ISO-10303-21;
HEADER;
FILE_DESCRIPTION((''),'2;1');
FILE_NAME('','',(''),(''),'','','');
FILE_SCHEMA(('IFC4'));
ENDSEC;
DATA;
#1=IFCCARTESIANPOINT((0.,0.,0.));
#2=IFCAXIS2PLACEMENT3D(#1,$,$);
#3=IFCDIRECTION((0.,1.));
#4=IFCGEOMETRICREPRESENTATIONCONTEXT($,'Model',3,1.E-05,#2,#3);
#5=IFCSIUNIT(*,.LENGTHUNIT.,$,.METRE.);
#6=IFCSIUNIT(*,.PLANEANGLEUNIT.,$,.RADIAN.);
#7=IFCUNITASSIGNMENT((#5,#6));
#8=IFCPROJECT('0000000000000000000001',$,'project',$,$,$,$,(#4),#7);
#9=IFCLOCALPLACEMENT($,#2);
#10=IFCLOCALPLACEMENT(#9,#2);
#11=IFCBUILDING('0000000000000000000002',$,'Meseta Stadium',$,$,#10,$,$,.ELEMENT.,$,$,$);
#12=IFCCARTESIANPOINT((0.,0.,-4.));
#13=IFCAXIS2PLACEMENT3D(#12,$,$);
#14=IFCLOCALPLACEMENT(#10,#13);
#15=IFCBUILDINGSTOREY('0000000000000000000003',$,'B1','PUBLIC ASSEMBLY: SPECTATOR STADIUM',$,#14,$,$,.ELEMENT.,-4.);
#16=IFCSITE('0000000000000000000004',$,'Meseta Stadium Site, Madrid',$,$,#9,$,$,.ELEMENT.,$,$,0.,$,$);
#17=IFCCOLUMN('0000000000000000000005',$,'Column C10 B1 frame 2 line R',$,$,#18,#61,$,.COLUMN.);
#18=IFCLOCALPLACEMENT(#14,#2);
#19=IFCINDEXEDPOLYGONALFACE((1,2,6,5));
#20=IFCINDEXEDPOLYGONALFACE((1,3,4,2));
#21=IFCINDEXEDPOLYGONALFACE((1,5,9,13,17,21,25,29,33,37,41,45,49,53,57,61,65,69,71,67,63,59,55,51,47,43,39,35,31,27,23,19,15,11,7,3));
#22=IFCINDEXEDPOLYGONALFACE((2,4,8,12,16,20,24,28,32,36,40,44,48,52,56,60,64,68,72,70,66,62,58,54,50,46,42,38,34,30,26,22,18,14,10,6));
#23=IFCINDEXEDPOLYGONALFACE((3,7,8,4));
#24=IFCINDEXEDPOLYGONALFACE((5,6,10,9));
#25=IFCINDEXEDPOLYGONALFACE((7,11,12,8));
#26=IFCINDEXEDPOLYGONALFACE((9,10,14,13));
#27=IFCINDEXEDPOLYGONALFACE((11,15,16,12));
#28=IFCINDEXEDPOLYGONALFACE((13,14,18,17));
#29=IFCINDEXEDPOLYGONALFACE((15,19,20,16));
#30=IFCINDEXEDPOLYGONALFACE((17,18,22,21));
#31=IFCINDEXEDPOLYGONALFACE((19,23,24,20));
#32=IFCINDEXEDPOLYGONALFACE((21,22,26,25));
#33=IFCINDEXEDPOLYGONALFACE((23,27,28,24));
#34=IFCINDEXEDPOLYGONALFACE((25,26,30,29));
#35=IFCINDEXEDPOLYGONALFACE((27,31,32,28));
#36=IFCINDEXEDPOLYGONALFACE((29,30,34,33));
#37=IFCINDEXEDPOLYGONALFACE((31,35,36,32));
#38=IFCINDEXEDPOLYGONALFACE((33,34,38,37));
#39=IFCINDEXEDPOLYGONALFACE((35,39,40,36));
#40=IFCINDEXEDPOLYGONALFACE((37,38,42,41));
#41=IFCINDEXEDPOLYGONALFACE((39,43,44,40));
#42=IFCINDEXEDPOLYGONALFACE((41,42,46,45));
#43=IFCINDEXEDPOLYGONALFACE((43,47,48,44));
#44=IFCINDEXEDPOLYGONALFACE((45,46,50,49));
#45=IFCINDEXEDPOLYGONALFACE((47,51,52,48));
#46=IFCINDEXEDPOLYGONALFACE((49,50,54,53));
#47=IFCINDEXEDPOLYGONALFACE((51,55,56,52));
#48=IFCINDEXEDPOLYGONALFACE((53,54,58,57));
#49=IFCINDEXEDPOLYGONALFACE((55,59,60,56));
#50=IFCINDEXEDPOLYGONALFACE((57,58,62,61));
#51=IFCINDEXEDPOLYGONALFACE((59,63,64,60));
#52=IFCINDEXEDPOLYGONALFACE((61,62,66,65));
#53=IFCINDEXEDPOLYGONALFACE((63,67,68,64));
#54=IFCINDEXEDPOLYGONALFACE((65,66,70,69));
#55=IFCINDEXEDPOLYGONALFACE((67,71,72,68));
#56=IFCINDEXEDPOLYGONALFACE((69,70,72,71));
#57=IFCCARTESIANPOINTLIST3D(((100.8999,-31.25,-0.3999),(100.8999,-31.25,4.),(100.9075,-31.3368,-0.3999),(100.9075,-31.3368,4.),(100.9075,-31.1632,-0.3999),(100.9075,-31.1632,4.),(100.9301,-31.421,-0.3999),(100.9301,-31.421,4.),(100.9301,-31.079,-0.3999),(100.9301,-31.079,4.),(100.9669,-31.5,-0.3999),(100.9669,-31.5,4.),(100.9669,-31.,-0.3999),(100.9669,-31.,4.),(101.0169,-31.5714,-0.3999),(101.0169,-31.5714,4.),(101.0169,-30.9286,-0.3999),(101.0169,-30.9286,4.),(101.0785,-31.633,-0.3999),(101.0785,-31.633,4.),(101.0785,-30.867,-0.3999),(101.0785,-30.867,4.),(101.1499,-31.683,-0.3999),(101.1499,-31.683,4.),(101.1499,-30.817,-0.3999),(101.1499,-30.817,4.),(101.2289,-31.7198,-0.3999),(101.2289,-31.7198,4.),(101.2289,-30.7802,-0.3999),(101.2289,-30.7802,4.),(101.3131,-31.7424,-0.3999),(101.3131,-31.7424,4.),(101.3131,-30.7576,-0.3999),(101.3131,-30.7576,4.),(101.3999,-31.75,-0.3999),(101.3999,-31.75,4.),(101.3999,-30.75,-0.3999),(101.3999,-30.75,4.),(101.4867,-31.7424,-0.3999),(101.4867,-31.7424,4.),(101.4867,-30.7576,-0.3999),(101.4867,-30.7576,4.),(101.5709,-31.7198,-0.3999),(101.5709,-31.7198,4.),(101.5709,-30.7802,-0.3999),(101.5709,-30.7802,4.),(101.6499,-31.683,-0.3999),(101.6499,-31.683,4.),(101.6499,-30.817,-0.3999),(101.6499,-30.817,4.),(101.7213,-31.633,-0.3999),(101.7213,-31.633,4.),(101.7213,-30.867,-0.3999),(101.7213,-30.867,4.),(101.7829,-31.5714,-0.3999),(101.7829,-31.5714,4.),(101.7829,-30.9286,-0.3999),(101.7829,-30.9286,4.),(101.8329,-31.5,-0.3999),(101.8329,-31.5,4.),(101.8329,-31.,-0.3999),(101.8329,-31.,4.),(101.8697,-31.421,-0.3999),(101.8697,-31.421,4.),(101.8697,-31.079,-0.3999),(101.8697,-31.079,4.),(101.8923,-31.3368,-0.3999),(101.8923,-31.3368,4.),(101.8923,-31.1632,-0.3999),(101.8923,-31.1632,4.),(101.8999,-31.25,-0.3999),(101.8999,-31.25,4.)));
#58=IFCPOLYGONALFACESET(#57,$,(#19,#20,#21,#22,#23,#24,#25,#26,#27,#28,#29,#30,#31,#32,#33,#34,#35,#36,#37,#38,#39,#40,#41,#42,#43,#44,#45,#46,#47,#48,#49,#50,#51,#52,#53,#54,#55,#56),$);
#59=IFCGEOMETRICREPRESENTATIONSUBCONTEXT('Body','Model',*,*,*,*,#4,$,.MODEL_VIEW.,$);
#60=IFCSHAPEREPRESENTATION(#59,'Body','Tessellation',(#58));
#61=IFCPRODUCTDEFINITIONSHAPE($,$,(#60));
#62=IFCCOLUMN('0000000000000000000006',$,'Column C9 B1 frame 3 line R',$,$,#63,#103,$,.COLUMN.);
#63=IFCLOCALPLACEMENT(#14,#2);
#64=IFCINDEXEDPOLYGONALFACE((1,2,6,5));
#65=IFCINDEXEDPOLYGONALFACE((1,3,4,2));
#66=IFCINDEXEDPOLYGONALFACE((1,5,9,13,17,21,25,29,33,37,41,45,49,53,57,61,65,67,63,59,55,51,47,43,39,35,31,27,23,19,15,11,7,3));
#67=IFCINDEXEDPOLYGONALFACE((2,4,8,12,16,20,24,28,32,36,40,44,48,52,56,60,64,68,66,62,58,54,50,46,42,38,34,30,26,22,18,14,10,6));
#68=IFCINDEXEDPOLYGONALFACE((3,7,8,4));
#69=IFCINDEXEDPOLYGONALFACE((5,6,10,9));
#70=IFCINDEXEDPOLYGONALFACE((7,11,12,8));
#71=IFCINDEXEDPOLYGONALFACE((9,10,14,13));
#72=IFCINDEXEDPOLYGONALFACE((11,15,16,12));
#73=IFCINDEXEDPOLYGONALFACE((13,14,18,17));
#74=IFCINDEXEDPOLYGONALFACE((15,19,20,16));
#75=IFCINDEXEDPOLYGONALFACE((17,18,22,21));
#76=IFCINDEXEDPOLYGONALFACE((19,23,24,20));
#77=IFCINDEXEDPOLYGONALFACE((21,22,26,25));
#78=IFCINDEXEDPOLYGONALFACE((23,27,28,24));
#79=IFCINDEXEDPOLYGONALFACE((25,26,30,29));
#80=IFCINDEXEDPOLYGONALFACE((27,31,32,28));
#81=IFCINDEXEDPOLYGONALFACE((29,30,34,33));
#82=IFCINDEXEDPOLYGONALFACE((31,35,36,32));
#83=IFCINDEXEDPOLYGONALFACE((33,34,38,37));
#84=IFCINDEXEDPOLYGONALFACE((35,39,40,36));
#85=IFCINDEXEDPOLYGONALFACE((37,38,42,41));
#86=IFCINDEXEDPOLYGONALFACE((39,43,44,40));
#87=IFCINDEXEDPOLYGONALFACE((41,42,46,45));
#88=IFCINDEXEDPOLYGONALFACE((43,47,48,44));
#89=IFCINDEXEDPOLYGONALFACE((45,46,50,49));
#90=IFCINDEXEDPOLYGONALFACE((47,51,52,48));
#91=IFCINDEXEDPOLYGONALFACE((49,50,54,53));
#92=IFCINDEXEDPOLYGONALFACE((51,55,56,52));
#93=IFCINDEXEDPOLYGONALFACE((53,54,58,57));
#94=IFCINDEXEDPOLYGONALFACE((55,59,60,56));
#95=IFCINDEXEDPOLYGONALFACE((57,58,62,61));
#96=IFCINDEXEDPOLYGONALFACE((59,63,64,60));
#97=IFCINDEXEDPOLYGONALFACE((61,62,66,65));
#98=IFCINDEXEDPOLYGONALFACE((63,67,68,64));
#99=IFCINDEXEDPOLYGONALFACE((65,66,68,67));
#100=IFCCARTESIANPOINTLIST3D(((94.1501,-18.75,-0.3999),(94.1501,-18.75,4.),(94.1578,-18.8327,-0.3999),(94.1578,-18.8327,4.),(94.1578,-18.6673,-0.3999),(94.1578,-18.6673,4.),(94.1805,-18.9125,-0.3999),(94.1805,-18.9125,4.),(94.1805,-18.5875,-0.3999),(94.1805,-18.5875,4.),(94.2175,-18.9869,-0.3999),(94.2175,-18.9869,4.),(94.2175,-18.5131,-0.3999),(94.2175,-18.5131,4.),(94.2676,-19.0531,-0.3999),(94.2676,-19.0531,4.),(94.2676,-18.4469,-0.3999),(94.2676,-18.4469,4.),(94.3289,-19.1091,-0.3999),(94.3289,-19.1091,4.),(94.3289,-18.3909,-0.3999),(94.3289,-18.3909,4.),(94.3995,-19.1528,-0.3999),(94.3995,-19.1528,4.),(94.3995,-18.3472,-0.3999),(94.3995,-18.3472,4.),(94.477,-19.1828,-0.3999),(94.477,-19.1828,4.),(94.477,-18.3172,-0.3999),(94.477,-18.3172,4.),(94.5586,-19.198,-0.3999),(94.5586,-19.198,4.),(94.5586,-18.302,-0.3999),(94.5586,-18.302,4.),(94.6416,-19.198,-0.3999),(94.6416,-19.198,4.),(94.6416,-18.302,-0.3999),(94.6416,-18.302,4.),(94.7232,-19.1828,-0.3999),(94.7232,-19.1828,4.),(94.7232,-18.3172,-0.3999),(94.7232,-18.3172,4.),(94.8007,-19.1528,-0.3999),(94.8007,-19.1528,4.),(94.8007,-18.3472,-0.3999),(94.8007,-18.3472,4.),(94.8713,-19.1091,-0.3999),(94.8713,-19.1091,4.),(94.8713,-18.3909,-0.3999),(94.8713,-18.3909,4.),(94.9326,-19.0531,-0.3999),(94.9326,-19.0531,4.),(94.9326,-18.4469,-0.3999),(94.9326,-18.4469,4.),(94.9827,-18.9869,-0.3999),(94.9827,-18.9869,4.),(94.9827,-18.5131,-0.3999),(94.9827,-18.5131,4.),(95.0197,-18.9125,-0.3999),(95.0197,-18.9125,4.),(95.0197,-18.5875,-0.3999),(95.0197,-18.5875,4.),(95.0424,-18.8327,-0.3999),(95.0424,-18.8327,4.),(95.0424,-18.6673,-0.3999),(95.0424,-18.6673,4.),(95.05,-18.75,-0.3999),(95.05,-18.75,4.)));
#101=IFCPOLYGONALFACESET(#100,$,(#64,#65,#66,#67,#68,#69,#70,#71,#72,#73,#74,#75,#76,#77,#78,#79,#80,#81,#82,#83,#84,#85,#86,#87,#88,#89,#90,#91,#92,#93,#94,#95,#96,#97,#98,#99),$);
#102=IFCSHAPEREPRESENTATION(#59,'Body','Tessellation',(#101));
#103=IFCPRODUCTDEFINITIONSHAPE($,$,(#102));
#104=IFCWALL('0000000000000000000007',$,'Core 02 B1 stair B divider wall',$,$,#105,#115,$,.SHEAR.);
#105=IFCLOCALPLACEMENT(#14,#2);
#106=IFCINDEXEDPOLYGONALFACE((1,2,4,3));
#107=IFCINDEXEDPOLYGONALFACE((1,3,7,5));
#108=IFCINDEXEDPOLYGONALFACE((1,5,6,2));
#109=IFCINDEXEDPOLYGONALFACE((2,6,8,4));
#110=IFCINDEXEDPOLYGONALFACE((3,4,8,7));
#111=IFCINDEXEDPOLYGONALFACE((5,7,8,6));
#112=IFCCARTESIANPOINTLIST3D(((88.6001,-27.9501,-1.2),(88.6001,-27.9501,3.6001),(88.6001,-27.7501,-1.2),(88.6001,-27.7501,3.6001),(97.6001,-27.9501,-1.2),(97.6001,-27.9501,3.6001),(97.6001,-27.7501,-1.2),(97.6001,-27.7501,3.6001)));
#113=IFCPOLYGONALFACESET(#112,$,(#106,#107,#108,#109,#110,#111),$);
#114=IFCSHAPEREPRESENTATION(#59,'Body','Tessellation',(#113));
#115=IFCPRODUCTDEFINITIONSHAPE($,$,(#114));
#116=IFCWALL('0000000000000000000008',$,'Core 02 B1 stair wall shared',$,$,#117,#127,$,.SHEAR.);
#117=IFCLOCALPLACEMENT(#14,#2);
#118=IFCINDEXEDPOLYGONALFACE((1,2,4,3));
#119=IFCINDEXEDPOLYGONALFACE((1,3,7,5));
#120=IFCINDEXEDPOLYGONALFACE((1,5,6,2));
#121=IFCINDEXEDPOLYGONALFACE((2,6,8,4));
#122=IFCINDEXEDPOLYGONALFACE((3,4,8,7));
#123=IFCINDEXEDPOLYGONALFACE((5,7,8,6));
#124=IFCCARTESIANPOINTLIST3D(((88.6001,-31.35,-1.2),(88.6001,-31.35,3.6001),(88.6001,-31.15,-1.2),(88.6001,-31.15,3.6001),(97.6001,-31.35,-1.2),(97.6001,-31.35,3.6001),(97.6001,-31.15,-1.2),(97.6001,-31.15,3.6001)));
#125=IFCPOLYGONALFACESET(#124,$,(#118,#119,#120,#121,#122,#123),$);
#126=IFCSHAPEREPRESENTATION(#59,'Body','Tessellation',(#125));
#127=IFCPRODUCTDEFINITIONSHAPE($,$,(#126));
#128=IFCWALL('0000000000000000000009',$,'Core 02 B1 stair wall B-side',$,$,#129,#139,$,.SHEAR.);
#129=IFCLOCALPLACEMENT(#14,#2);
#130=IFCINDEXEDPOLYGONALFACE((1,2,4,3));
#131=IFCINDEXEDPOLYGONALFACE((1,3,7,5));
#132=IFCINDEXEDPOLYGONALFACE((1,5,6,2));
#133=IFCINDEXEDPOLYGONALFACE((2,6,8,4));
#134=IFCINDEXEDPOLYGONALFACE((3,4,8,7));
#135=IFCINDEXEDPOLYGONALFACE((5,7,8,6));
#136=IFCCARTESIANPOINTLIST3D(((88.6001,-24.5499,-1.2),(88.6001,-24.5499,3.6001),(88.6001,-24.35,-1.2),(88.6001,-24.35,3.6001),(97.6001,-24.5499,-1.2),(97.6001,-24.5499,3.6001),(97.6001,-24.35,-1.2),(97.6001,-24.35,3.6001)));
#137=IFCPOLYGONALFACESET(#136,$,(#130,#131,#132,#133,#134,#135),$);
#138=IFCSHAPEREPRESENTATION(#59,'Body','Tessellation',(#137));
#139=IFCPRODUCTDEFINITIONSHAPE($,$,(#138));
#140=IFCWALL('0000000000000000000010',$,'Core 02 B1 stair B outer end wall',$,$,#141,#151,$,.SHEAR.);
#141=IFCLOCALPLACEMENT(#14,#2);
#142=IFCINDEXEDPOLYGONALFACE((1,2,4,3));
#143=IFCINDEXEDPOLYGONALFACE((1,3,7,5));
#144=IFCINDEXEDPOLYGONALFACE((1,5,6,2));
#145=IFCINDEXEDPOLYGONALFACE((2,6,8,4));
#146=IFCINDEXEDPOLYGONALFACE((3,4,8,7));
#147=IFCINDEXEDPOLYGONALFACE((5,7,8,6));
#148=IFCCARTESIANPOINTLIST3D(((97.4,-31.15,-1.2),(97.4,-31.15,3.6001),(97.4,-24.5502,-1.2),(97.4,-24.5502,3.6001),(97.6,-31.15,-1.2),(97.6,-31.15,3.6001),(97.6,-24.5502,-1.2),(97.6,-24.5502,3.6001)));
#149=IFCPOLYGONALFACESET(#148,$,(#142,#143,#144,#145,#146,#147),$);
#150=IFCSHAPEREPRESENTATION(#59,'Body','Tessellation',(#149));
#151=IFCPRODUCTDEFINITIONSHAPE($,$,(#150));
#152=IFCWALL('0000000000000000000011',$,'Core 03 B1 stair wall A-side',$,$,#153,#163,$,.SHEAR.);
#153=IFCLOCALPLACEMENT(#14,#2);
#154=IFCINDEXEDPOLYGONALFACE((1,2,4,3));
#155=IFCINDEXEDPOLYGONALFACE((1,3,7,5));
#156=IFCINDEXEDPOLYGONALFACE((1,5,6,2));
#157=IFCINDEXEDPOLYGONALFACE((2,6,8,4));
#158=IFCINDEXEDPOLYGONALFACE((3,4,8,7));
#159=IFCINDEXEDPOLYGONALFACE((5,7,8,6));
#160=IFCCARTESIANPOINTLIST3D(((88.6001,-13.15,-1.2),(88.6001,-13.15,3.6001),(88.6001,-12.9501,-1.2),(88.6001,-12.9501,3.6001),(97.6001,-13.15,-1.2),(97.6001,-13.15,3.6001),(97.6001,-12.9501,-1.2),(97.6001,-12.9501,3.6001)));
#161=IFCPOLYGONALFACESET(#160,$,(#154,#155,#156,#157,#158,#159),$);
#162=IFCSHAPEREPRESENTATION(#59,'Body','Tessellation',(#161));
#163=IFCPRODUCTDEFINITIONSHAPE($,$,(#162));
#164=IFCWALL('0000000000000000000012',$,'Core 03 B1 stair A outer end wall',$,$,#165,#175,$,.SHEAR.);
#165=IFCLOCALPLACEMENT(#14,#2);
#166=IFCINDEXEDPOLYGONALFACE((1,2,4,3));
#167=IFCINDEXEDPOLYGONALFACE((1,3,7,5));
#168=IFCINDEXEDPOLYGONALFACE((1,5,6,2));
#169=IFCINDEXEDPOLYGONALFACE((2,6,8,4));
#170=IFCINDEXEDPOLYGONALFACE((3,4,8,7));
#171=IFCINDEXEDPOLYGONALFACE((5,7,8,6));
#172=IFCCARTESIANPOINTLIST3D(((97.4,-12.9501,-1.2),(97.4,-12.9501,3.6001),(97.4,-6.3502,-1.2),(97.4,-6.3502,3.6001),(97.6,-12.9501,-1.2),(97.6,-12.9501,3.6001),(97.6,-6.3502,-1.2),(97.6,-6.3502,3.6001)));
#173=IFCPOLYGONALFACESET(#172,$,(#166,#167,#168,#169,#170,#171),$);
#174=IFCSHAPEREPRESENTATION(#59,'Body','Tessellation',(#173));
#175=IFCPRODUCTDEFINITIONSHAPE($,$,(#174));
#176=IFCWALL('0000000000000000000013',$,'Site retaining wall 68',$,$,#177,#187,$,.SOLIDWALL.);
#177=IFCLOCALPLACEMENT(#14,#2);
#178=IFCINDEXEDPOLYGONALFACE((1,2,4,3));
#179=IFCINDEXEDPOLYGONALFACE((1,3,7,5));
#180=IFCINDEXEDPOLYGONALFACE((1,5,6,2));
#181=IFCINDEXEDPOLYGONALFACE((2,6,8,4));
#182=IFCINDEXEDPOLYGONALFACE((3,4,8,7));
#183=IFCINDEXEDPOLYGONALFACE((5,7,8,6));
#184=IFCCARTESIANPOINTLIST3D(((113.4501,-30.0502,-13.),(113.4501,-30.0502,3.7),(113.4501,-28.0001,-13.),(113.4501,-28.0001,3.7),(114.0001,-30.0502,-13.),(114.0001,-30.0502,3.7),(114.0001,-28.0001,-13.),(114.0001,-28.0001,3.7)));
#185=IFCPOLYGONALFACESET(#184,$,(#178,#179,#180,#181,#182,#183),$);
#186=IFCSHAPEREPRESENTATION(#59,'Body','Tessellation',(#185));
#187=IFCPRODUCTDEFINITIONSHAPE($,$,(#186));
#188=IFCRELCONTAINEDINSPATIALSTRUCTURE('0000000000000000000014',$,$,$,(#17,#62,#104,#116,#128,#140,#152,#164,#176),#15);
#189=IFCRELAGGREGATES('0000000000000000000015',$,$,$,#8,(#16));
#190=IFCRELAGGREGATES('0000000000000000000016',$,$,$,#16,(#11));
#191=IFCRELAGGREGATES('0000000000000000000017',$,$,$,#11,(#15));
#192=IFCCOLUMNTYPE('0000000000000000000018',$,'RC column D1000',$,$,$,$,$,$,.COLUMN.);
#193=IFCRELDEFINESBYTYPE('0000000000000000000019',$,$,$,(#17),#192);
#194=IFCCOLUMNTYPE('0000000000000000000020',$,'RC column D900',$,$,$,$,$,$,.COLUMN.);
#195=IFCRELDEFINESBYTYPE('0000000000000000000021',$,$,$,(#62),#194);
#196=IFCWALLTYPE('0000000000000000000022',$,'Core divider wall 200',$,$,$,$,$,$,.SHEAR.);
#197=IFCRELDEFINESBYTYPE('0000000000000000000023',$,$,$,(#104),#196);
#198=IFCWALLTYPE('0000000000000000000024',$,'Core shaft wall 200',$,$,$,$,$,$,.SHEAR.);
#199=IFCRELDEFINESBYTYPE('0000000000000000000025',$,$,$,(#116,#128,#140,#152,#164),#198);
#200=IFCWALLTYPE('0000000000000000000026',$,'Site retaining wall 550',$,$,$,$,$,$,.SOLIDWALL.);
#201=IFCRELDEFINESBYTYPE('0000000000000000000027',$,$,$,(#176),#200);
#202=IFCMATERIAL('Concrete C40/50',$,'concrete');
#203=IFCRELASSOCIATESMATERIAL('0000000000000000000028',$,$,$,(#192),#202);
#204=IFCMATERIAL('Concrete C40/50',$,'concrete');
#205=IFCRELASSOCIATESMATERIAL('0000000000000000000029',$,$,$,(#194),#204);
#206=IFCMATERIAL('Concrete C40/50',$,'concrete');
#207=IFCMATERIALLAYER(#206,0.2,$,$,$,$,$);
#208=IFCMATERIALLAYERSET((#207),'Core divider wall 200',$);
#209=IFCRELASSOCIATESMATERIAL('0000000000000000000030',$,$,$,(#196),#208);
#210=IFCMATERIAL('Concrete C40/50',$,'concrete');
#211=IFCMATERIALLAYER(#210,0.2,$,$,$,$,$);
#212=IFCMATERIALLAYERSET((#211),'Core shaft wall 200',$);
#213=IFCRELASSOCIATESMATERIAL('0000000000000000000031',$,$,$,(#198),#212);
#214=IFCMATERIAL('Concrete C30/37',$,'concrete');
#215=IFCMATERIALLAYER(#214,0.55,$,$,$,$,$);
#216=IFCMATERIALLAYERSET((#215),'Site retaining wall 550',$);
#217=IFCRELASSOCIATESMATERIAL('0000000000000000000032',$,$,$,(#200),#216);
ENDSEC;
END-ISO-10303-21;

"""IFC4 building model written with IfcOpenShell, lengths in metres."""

from ifc_helpers import new_model, si_unit, direction, frame, frame_2d, origin, origin_2d, place, context, subcontext, project, spatial, rectangle, circle, extrude, material, layer, layer_set, material_profile, profile_set, type_object, element, save


model = new_model("IFC4")

# Units and contexts
model_context = context("Model", 3, precision=1e-05, world=origin(), true_north=direction((0.0, 1.0)))
body_context = subcontext(model_context, "Body", "Model", "MODEL_VIEW")
ifc_project = project(units=[si_unit("LENGTHUNIT", "METRE"), si_unit("PLANEANGLEUNIT", "RADIAN")], contexts=[model_context])

# Site, building, storey
site_placement = place(None, origin())
site = spatial("IfcSite", under=ifc_project, at=site_placement, Name="Meseta Stadium Site, Madrid", CompositionType="ELEMENT", RefElevation=0.0)
building_placement = place(site_placement, origin())
building = spatial("IfcBuilding", under=site, at=building_placement, Name="Meseta Stadium", CompositionType="ELEMENT")
storey_placement = place(building_placement, frame((0.0, 0.0, -4.0)))
storey = spatial("IfcBuildingStorey", under=building, at=storey_placement, Name="B1", Description="PUBLIC ASSEMBLY: SPECTATOR STADIUM", CompositionType="ELEMENT", Elevation=-4.0)

# Columns
ifc_material_1 = material(Name="Concrete C40/50", Category="concrete")
ifc_material_profile_1 = material_profile(ifc_material_1, circle(Radius=0.5, at=origin_2d()), Name="RC D1000")
ifc_profile_set_1 = profile_set([ifc_material_profile_1], Name="Concrete C40/50")
column_type_1 = type_object("IfcColumnType", Name="RC column D1000", PredefinedType="COLUMN", material=ifc_profile_set_1)
column_1_placement = place(storey_placement, frame((101.3999, -31.25, -0.3999), z_axis=(0.0, 0.0, 1.0), x_axis=(1.0, 0.0, 0.0)))
element("IfcColumn", 1, at=column_1_placement, inside=storey, type_object=column_type_1, Name="Column C10 B1 frame 2 line R", PredefinedType="COLUMN", context=body_context, shape_type="SweptSolid", body=[
    extrude(circle(Radius=0.5, at=origin_2d()), origin(), (0.0, 0.0, 1.0), 4.3999),
])
ifc_material_2 = material(Name="Concrete C40/50", Category="concrete")
ifc_material_profile_2 = material_profile(ifc_material_2, circle(Radius=0.45, at=origin_2d()), Name="RC D900")
ifc_profile_set_2 = profile_set([ifc_material_profile_2], Name="Concrete C40/50")
column_type_2 = type_object("IfcColumnType", Name="RC column D900", PredefinedType="COLUMN", material=ifc_profile_set_2)
column_2_placement = place(storey_placement, frame((94.6001, -18.75, -0.3999), z_axis=(0.0, 0.0, 1.0), x_axis=(1.0, 0.0, 0.0)))
element("IfcColumn", 2, at=column_2_placement, inside=storey, type_object=column_type_2, Name="Column C9 B1 frame 3 line R", PredefinedType="COLUMN", context=body_context, shape_type="SweptSolid", body=[
    extrude(circle(Radius=0.45, at=origin_2d()), origin(), (0.0, 0.0, 1.0), 4.3999),
])

# Walls
ifc_material_3 = material(Name="Concrete C40/50", Category="concrete")
ifc_layer_1 = layer(ifc_material_3, 0.2)
ifc_layer_set_1 = layer_set([ifc_layer_1], Name="Core divider wall 200")
wall_type_1 = type_object("IfcWallType", Name="Core divider wall 200", PredefinedType="SHEAR", material=ifc_layer_set_1)
wall_1_placement = place(storey_placement, frame((97.6001, -27.8501, -1.2), z_axis=(0.0, 0.0, 1.0), x_axis=(-1.0, 0.0, 0.0)))
element("IfcWall", 3, at=wall_1_placement, inside=storey, type_object=wall_type_1, Name="Core 02 B1 stair B divider wall", PredefinedType="SHEAR", context=body_context, shape_type="SweptSolid", body=[
    extrude(rectangle(XDim=9.0, YDim=0.2, at=frame_2d((4.5, 0.0))), origin(), (0.0, 0.0, 1.0), 4.8),
])
ifc_material_4 = material(Name="Concrete C40/50", Category="concrete")
ifc_layer_2 = layer(ifc_material_4, 0.2)
ifc_layer_set_2 = layer_set([ifc_layer_2], Name="Core shaft wall 200")
wall_type_2 = type_object("IfcWallType", Name="Core shaft wall 200", PredefinedType="SHEAR", material=ifc_layer_set_2)
for number, where, z_axis, x_axis, name in (
    (4, (97.6001, -31.25, -1.2), (0.0, 0.0, 1.0), (-1.0, 0.0, 0.0), "Core 02 B1 stair wall shared"),
    (5, (97.6001, -24.45, -1.2), (0.0, 0.0, 1.0), (-1.0, 0.0, 0.0), "Core 02 B1 stair wall B-side"),
):
    element("IfcWall", number, at=place(storey_placement, frame(where, z_axis=z_axis, x_axis=x_axis)), inside=storey, type_object=wall_type_2, Name=name, PredefinedType="SHEAR", context=body_context, shape_type="SweptSolid", body=[
        extrude(rectangle(XDim=9.0, YDim=0.2, at=frame_2d((4.5, 0.0))), origin(), (0.0, 0.0, 1.0), 4.8),
    ])
wall_2_placement = place(storey_placement, frame((97.5, -31.1499, -1.2), z_axis=(0.0, 0.0, 1.0), x_axis=(0.0, 1.0, 0.0)))
element("IfcWall", 6, at=wall_2_placement, inside=storey, type_object=wall_type_2, Name="Core 02 B1 stair B outer end wall", PredefinedType="SHEAR", context=body_context, shape_type="SweptSolid", body=[
    extrude(rectangle(XDim=6.5999, YDim=0.2, at=frame_2d((3.2998, 0.0))), origin(), (0.0, 0.0, 1.0), 4.8),
])
wall_3_placement = place(storey_placement, frame((97.6001, -13.05, -1.2), z_axis=(0.0, 0.0, 1.0), x_axis=(-1.0, 0.0, 0.0)))
element("IfcWall", 7, at=wall_3_placement, inside=storey, type_object=wall_type_2, Name="Core 03 B1 stair wall A-side", PredefinedType="SHEAR", context=body_context, shape_type="SweptSolid", body=[
    extrude(rectangle(XDim=9.0, YDim=0.2, at=frame_2d((4.5, 0.0))), origin(), (0.0, 0.0, 1.0), 4.8),
])
wall_4_placement = place(storey_placement, frame((97.5, -12.95, -1.2), z_axis=(0.0, 0.0, 1.0), x_axis=(0.0, 1.0, 0.0)))
element("IfcWall", 8, at=wall_4_placement, inside=storey, type_object=wall_type_2, Name="Core 03 B1 stair A outer end wall", PredefinedType="SHEAR", context=body_context, shape_type="SweptSolid", body=[
    extrude(rectangle(XDim=6.5999, YDim=0.2, at=frame_2d((3.2998, 0.0))), origin(), (0.0, 0.0, 1.0), 4.8),
])
ifc_material_5 = material(Name="Concrete C30/37", Category="concrete")
ifc_layer_3 = layer(ifc_material_5, 0.55)
ifc_layer_set_3 = layer_set([ifc_layer_3], Name="Site retaining wall 550")
wall_type_3 = type_object("IfcWallType", Name="Site retaining wall 550", PredefinedType="SOLIDWALL", material=ifc_layer_set_3)
wall_5_placement = place(storey_placement, frame((113.7251, -30.05, -13.0), z_axis=(0.0, 0.0, 1.0), x_axis=(0.0, 1.0, 0.0)))
element("IfcWall", 9, at=wall_5_placement, inside=storey, type_object=wall_type_3, Name="Site retaining wall 68", PredefinedType="SOLIDWALL", context=body_context, shape_type="SweptSolid", body=[
    extrude(rectangle(XDim=2.05, YDim=0.55, at=frame_2d((1.0249, 0.0))), origin(), (0.0, 0.0, 1.0), 16.7),
])

save(model, "model.ifc")
